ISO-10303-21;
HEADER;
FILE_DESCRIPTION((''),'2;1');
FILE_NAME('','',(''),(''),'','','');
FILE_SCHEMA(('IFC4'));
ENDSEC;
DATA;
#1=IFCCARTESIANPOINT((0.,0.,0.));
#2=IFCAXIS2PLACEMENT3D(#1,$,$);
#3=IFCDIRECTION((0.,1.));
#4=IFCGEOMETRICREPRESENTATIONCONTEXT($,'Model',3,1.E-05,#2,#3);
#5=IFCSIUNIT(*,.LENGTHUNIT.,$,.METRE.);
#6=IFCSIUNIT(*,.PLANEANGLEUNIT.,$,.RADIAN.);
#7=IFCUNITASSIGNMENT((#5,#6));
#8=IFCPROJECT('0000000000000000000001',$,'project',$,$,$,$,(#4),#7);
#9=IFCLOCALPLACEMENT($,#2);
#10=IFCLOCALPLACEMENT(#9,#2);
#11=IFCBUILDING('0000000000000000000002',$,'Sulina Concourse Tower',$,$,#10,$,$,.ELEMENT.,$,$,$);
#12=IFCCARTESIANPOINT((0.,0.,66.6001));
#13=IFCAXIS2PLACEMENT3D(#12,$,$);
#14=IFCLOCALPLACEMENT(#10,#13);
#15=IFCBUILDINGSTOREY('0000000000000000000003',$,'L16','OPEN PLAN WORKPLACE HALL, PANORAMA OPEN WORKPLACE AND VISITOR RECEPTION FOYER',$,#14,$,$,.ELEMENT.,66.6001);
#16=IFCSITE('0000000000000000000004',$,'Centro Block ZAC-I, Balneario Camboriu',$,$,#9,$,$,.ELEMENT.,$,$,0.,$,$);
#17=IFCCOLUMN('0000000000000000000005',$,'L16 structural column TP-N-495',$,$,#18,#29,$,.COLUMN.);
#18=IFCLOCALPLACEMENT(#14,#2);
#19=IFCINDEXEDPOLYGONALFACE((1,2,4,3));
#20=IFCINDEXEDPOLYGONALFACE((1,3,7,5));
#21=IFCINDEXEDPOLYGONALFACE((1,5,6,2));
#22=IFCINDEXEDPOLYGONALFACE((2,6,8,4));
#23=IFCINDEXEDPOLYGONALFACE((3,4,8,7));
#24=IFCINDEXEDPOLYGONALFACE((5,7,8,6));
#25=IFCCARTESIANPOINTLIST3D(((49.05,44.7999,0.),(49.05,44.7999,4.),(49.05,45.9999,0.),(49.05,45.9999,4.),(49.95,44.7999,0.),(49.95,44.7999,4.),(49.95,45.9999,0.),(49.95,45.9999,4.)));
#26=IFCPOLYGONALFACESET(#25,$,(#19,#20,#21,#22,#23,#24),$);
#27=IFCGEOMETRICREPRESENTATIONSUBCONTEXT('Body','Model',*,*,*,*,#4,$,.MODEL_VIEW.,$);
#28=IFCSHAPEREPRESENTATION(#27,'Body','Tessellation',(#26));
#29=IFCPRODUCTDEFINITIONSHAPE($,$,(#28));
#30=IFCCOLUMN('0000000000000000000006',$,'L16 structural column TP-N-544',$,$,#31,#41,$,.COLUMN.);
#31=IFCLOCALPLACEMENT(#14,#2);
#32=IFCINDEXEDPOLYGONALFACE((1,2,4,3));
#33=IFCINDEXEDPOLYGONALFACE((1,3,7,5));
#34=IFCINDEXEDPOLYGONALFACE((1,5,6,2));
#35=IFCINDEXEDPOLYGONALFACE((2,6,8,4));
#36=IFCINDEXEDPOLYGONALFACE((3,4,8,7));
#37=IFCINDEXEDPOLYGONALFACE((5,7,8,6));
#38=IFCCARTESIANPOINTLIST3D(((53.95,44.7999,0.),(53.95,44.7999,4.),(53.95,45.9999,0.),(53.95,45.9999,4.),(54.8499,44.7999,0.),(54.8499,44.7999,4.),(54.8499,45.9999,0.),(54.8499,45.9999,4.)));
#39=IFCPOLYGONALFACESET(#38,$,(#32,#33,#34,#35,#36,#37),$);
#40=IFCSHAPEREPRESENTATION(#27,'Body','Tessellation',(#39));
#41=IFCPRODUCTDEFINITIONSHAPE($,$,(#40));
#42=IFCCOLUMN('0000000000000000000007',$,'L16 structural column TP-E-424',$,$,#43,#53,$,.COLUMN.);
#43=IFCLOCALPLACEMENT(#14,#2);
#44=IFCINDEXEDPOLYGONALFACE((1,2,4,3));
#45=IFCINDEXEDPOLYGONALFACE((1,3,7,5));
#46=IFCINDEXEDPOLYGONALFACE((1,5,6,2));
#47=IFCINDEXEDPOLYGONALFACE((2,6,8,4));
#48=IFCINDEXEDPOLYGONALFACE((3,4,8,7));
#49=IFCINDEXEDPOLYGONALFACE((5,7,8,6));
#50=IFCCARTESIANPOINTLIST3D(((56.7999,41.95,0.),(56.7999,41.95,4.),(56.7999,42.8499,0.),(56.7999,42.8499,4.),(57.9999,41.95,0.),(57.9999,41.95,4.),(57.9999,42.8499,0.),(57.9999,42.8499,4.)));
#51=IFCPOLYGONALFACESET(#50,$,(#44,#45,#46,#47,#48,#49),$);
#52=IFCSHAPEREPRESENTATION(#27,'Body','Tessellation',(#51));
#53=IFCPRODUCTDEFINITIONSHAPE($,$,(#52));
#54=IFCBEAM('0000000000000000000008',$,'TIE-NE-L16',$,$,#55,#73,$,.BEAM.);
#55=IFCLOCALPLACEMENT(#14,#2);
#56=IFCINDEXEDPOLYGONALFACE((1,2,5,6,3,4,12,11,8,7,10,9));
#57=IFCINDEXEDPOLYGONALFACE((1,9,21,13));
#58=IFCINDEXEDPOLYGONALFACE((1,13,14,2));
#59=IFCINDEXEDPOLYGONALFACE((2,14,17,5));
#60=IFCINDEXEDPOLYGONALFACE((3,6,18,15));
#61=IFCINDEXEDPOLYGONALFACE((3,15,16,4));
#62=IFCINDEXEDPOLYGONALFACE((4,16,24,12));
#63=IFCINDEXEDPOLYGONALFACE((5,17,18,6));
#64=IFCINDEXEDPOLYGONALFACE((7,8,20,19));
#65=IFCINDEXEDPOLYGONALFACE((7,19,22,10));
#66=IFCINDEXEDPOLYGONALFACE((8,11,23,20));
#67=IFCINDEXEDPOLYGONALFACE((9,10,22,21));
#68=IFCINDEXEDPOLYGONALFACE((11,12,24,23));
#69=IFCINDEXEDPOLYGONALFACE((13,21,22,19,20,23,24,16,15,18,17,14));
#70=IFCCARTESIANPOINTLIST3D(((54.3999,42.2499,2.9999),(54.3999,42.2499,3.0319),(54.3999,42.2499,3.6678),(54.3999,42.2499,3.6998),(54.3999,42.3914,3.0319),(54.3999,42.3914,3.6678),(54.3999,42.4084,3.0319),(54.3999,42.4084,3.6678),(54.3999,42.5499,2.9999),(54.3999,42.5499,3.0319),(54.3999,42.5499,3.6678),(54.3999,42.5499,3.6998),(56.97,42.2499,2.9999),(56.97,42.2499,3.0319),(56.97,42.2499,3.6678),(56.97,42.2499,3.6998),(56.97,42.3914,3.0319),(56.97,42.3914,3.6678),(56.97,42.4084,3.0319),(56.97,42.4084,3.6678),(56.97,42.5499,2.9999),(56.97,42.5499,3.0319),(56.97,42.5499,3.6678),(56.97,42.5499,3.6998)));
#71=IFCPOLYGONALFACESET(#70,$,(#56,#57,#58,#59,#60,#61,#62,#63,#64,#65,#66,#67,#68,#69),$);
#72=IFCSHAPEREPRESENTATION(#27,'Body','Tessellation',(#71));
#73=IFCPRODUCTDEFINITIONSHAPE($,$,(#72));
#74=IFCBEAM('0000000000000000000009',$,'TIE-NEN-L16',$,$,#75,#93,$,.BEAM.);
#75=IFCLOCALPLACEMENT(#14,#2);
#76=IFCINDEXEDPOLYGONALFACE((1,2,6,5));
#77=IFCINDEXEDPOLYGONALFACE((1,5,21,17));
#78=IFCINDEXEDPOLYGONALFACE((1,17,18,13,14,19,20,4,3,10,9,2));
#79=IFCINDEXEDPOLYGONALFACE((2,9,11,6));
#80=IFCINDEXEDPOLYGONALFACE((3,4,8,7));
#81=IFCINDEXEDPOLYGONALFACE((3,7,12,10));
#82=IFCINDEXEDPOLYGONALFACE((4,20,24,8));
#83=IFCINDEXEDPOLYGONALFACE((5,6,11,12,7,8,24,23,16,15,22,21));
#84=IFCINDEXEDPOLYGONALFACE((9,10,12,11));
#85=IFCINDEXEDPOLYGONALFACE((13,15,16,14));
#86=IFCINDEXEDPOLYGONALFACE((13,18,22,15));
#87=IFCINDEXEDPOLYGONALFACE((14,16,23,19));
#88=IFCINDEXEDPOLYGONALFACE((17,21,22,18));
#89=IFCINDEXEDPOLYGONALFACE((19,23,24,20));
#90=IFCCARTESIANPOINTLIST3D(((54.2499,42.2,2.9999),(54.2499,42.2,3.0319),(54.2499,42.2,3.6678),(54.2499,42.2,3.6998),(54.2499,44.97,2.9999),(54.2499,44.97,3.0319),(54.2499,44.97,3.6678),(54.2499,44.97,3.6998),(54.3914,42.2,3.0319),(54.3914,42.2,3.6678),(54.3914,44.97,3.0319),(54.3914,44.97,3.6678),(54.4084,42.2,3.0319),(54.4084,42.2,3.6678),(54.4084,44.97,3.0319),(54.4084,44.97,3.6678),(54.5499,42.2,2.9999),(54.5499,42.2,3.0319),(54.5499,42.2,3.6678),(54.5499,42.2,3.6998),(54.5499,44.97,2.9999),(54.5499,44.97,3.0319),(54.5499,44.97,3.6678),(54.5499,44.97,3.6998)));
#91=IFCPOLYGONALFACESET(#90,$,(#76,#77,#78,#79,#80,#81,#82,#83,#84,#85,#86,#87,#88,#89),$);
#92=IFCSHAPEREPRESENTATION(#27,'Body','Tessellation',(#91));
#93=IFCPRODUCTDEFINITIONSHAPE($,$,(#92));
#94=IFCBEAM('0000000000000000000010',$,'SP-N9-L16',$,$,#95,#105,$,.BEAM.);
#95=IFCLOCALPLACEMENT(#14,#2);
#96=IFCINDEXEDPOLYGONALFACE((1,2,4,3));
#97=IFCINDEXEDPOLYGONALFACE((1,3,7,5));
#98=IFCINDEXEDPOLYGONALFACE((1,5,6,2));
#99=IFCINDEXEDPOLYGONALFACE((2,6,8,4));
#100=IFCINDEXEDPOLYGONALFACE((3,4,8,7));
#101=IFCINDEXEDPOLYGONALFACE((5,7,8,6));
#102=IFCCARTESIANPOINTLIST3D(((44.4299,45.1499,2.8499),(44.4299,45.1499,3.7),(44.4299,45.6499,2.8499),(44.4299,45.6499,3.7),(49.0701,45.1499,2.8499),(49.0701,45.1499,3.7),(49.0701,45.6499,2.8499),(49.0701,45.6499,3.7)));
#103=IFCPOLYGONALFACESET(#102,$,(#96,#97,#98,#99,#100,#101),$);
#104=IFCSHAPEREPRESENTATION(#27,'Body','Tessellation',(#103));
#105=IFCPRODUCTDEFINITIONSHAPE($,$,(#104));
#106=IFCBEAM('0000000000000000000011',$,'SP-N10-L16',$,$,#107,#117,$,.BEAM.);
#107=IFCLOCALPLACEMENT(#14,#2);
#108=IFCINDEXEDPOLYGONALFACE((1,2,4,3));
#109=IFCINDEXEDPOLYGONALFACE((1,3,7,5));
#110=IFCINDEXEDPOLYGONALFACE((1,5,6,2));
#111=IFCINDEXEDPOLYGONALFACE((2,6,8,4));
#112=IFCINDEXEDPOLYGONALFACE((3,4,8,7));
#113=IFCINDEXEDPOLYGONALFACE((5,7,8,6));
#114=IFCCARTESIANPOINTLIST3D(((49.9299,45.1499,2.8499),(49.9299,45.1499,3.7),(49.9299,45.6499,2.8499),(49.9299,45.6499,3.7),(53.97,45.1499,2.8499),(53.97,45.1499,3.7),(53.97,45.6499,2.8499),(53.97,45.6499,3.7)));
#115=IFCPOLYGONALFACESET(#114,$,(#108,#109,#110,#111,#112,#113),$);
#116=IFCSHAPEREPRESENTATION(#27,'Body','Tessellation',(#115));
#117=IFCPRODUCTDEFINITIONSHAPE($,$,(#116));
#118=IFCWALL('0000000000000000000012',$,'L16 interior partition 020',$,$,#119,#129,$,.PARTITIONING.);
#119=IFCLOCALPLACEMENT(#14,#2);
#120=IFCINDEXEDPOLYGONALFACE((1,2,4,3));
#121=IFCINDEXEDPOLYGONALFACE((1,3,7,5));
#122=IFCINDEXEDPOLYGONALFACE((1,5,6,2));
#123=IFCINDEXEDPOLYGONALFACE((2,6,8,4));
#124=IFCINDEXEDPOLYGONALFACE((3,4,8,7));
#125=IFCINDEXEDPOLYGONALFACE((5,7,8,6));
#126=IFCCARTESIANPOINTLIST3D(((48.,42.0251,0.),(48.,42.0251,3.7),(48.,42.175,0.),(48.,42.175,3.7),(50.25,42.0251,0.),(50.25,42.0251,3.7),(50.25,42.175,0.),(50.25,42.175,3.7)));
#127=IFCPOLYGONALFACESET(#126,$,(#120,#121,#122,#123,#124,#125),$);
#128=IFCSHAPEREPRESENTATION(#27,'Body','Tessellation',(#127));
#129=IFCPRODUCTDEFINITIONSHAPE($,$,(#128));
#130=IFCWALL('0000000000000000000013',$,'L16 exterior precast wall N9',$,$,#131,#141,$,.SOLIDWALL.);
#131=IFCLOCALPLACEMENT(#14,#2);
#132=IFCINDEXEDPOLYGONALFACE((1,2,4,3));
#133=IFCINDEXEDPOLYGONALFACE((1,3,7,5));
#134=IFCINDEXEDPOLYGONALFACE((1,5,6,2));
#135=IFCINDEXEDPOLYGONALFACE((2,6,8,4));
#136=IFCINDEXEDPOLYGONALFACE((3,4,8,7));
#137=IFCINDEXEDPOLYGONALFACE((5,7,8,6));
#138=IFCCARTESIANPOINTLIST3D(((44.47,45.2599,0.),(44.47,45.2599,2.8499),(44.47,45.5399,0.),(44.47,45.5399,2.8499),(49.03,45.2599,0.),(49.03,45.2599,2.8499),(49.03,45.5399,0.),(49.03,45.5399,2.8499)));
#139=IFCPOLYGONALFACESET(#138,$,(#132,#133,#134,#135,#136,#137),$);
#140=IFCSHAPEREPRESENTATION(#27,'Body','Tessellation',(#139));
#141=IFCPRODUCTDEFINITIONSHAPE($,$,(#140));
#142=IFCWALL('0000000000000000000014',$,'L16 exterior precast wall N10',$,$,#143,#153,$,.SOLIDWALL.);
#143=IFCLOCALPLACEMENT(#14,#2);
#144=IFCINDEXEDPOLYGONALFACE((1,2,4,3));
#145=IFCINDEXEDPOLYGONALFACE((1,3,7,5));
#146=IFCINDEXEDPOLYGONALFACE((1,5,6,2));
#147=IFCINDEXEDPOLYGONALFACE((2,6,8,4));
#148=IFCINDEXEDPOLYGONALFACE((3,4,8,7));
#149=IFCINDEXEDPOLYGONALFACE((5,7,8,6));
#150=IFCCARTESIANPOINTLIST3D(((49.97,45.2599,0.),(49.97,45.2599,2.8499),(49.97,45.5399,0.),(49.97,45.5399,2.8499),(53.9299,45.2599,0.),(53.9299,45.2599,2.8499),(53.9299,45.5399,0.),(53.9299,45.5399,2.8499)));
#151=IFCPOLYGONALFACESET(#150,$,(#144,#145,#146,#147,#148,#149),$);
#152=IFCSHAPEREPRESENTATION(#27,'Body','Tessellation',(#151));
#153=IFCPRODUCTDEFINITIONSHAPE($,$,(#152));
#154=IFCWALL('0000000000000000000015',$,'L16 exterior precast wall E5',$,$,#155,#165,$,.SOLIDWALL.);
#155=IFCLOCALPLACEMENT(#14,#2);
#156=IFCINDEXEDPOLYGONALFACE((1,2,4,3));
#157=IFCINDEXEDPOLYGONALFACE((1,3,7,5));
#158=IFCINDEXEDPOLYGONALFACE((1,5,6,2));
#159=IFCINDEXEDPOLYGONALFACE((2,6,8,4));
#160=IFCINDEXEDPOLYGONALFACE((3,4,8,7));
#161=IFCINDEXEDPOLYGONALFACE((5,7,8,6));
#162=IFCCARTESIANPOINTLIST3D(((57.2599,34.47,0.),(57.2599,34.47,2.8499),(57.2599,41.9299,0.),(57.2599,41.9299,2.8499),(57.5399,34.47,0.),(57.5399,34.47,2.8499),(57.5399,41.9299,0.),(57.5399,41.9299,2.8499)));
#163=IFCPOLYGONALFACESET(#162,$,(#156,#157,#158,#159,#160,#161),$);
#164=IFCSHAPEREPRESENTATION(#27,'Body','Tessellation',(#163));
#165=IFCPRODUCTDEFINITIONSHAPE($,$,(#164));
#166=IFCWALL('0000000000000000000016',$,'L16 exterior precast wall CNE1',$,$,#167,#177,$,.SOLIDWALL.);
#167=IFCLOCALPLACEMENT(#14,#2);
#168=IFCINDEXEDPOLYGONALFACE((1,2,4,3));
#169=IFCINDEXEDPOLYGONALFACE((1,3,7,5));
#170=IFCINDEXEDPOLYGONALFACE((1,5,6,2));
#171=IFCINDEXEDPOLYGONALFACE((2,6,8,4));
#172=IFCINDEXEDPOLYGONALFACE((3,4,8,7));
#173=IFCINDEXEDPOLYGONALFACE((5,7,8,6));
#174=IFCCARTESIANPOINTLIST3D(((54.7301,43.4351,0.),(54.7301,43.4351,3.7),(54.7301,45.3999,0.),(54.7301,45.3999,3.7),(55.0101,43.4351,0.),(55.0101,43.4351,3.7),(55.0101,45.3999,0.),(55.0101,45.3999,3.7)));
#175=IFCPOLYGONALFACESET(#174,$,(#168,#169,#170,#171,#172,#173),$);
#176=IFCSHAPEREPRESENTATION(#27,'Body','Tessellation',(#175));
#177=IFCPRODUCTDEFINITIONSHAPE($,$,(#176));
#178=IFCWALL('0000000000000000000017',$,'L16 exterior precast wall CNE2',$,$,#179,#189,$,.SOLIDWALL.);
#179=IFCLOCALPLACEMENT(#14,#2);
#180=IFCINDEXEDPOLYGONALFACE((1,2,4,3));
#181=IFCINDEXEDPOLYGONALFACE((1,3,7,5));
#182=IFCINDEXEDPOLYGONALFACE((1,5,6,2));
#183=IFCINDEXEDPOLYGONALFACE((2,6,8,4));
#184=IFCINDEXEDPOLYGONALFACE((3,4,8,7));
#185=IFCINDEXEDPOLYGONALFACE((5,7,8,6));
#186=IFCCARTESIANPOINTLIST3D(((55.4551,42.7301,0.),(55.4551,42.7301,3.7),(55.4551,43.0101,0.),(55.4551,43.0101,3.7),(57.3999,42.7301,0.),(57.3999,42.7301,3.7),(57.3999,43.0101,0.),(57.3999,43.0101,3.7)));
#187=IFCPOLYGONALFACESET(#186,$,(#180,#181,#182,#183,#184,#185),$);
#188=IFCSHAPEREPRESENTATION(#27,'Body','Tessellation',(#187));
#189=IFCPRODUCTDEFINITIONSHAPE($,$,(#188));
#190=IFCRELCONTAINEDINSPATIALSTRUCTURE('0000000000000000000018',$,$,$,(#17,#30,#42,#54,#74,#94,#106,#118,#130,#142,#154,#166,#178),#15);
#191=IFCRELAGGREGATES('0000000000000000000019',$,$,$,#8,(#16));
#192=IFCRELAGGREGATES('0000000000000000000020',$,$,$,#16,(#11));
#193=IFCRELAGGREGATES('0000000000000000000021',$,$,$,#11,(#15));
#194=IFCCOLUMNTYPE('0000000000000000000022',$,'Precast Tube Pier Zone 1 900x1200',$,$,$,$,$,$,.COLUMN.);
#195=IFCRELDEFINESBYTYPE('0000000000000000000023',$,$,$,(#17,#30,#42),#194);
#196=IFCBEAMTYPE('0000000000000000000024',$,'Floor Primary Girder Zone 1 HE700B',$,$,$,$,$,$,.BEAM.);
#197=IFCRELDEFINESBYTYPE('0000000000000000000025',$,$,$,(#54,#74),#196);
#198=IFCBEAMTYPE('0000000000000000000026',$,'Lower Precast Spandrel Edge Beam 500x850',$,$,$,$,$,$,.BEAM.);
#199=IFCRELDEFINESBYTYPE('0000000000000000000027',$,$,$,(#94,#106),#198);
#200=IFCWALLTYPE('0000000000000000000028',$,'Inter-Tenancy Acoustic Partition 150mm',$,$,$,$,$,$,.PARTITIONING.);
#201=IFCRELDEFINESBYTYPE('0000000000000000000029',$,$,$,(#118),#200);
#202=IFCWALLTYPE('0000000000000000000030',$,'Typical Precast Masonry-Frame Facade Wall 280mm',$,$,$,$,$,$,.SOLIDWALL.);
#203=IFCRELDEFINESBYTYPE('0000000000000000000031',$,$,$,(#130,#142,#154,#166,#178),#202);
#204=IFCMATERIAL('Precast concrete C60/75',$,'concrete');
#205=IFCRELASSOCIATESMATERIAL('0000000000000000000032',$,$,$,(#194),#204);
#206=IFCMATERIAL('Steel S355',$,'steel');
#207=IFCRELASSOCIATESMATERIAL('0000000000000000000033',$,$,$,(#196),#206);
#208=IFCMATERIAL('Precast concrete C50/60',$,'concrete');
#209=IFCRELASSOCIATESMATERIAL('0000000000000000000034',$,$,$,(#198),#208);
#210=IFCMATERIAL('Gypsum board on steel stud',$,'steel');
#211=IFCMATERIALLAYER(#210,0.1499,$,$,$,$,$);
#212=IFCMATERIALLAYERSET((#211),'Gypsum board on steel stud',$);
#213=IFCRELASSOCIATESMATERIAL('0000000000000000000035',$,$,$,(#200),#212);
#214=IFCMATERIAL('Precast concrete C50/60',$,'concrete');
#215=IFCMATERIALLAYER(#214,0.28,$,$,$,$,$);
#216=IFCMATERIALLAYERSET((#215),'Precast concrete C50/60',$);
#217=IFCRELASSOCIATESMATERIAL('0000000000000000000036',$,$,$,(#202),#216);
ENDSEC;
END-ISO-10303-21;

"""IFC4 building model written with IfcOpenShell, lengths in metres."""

from ifc_helpers import new_model, si_unit, direction, frame, frame_2d, origin, origin_2d, place, context, subcontext, project, spatial, rectangle, i_section, extrude, material, layer, layer_set, material_profile, profile_set, type_object, element, save


model = new_model("IFC4")

# Units and contexts
model_context = context("Model", 3, precision=1e-05, world=origin(), true_north=direction((0.0, 1.0)))
body_context = subcontext(model_context, "Body", "Model", "MODEL_VIEW")
ifc_project = project(units=[si_unit("LENGTHUNIT", "METRE"), si_unit("PLANEANGLEUNIT", "RADIAN")], contexts=[model_context])

# Site, building, storey
site_placement = place(None, origin())
site = spatial("IfcSite", under=ifc_project, at=site_placement, Name="Centro Block ZAC-I, Balneario Camboriu", CompositionType="ELEMENT", RefElevation=0.0)
building_placement = place(site_placement, origin())
building = spatial("IfcBuilding", under=site, at=building_placement, Name="Sulina Concourse Tower", CompositionType="ELEMENT")
storey_placement = place(building_placement, frame((0.0, 0.0, 66.6001)))
storey = spatial("IfcBuildingStorey", under=building, at=storey_placement, Name="L16", Description="OPEN PLAN WORKPLACE HALL, PANORAMA OPEN WORKPLACE AND VISITOR RECEPTION FOYER", CompositionType="ELEMENT", Elevation=66.6001)

# Columns
ifc_material_1 = material(Name="Precast concrete C60/75", Category="concrete")
ifc_material_profile_1 = material_profile(ifc_material_1, rectangle(XDim=0.8999, YDim=1.2, at=origin_2d()), Name="PC 900x1200")
ifc_profile_set_1 = profile_set([ifc_material_profile_1], Name="Precast concrete C60/75")
column_type = type_object("IfcColumnType", Name="Precast Tube Pier Zone 1 900x1200", PredefinedType="COLUMN", material=ifc_profile_set_1)
for number, where, z_axis, x_axis, name in (
    (1, (49.5, 45.3999, 0.0), (0.0, 0.0, 1.0), (1.0, 0.0, 0.0), "L16 structural column TP-N-495"),
    (2, (54.3999, 45.3999, 0.0), (0.0, 0.0, 1.0), (1.0, 0.0, 0.0), "L16 structural column TP-N-544"),
    (3, (57.3999, 42.3999, 0.0), (0.0, 0.0, 1.0), (0.0, 1.0, 0.0), "L16 structural column TP-E-424"),
):
    element("IfcColumn", number, at=place(storey_placement, frame(where, z_axis=z_axis, x_axis=x_axis)), inside=storey, type_object=column_type, Name=name, PredefinedType="COLUMN", context=body_context, shape_type="SweptSolid", body=[
        extrude(rectangle(XDim=0.8999, YDim=1.2, at=origin_2d()), origin(), (0.0, 0.0, 1.0), 4.0),
    ])

# Beams
ifc_material_2 = material(Name="Steel S355", Category="steel")
ifc_material_profile_2 = material_profile(ifc_material_2, i_section(OverallWidth=0.3, OverallDepth=0.7, WebThickness=0.0171, FlangeThickness=0.032, at=origin_2d()), Name="HE 700 B")
ifc_profile_set_2 = profile_set([ifc_material_profile_2], Name="Steel S355")
beam_type_1 = type_object("IfcBeamType", Name="Floor Primary Girder Zone 1 HE700B", PredefinedType="BEAM", material=ifc_profile_set_2)
beam_1_placement = place(storey_placement, frame((54.3999, 42.3999, 3.3499), z_axis=(1.0, 0.0, 0.0), x_axis=(0.0, 1.0, 0.0)))
element("IfcBeam", 4, at=beam_1_placement, inside=storey, type_object=beam_type_1, Name="TIE-NE-L16", PredefinedType="BEAM", context=body_context, shape_type="SweptSolid", body=[
    extrude(i_section(OverallWidth=0.3, OverallDepth=0.7, WebThickness=0.0171, FlangeThickness=0.032, at=origin_2d()), origin(), (0.0, 0.0, 1.0), 2.5701),
])
beam_2_placement = place(storey_placement, frame((54.3999, 42.2, 3.3499), z_axis=(0.0, 1.0, 0.0), x_axis=(-1.0, 0.0, 0.0)))
element("IfcBeam", 5, at=beam_2_placement, inside=storey, type_object=beam_type_1, Name="TIE-NEN-L16", PredefinedType="BEAM", context=body_context, shape_type="SweptSolid", body=[
    extrude(i_section(OverallWidth=0.3, OverallDepth=0.7, WebThickness=0.0171, FlangeThickness=0.032, at=origin_2d()), origin(), (0.0, 0.0, 1.0), 2.77),
])
ifc_material_3 = material(Name="Precast concrete C50/60", Category="concrete")
ifc_material_profile_3 = material_profile(ifc_material_3, rectangle(XDim=0.5, YDim=0.8501, at=origin_2d()), Name="RC 500x850")
ifc_profile_set_3 = profile_set([ifc_material_profile_3], Name="Precast concrete C50/60")
beam_type_2 = type_object("IfcBeamType", Name="Lower Precast Spandrel Edge Beam 500x850", PredefinedType="BEAM", material=ifc_profile_set_3)
beam_3_placement = place(storey_placement, frame((44.4299, 45.3999, 3.2749), z_axis=(1.0, 0.0, 0.0), x_axis=(0.0, 1.0, 0.0)))
element("IfcBeam", 6, at=beam_3_placement, inside=storey, type_object=beam_type_2, Name="SP-N9-L16", PredefinedType="BEAM", context=body_context, shape_type="SweptSolid", body=[
    extrude(rectangle(XDim=0.5, YDim=0.8501, at=origin_2d()), origin(), (0.0, 0.0, 1.0), 4.6401),
])
beam_4_placement = place(storey_placement, frame((49.9299, 45.3999, 3.2749), z_axis=(1.0, 0.0, 0.0), x_axis=(0.0, 1.0, 0.0)))
element("IfcBeam", 7, at=beam_4_placement, inside=storey, type_object=beam_type_2, Name="SP-N10-L16", PredefinedType="BEAM", context=body_context, shape_type="SweptSolid", body=[
    extrude(rectangle(XDim=0.5, YDim=0.8501, at=origin_2d()), origin(), (0.0, 0.0, 1.0), 4.04),
])

# Walls
ifc_material_4 = material(Name="Gypsum board on steel stud", Category="steel")
ifc_layer_1 = layer(ifc_material_4, 0.1499)
ifc_layer_set_1 = layer_set([ifc_layer_1], Name="Gypsum board on steel stud")
wall_type_1 = type_object("IfcWallType", Name="Inter-Tenancy Acoustic Partition 150mm", PredefinedType="PARTITIONING", material=ifc_layer_set_1)
wall_1_placement = place(storey_placement, frame((48.0, 42.1001, 0.0), z_axis=(0.0, 0.0, 1.0), x_axis=(1.0, 0.0, 0.0)))
element("IfcWall", 8, at=wall_1_placement, inside=storey, type_object=wall_type_1, Name="L16 interior partition 020", PredefinedType="PARTITIONING", context=body_context, shape_type="SweptSolid", body=[
    extrude(rectangle(XDim=2.25, YDim=0.1499, at=frame_2d((1.125, 0.0))), origin(), (0.0, 0.0, 1.0), 3.7),
])
ifc_material_5 = material(Name="Precast concrete C50/60", Category="concrete")
ifc_layer_2 = layer(ifc_material_5, 0.28)
ifc_layer_set_2 = layer_set([ifc_layer_2], Name="Precast concrete C50/60")
wall_type_2 = type_object("IfcWallType", Name="Typical Precast Masonry-Frame Facade Wall 280mm", PredefinedType="SOLIDWALL", material=ifc_layer_set_2)
wall_2_placement = place(storey_placement, frame((44.47, 45.3999, 0.0), z_axis=(0.0, 0.0, 1.0), x_axis=(1.0, 0.0, 0.0)))
element("IfcWall", 9, at=wall_2_placement, inside=storey, type_object=wall_type_2, Name="L16 exterior precast wall N9", PredefinedType="SOLIDWALL", context=body_context, shape_type="SweptSolid", body=[
    extrude(rectangle(XDim=4.5601, YDim=0.28, at=frame_2d((2.28, 0.0))), origin(), (0.0, 0.0, 1.0), 2.8499),
])
wall_3_placement = place(storey_placement, frame((49.97, 45.3999, 0.0), z_axis=(0.0, 0.0, 1.0), x_axis=(1.0, 0.0, 0.0)))
element("IfcWall", 10, at=wall_3_placement, inside=storey, type_object=wall_type_2, Name="L16 exterior precast wall N10", PredefinedType="SOLIDWALL", context=body_context, shape_type="SweptSolid", body=[
    extrude(rectangle(XDim=3.96, YDim=0.28, at=frame_2d((1.98, 0.0))), origin(), (0.0, 0.0, 1.0), 2.8499),
])
wall_4_placement = place(storey_placement, frame((57.3999, 41.9299, 0.0), z_axis=(0.0, 0.0, 1.0), x_axis=(0.0, -1.0, 0.0)))
element("IfcWall", 11, at=wall_4_placement, inside=storey, type_object=wall_type_2, Name="L16 exterior precast wall E5", PredefinedType="SOLIDWALL", context=body_context, shape_type="SweptSolid", body=[
    extrude(rectangle(XDim=7.46, YDim=0.28, at=frame_2d((3.73, 0.0))), origin(), (0.0, 0.0, 1.0), 2.8499),
])
wall_5_placement = place(storey_placement, frame((54.8701, 45.3999, 0.0), z_axis=(0.0, 0.0, 1.0), x_axis=(0.0, -1.0, 0.0)))
element("IfcWall", 12, at=wall_5_placement, inside=storey, type_object=wall_type_2, Name="L16 exterior precast wall CNE1", PredefinedType="SOLIDWALL", context=body_context, shape_type="SweptSolid", body=[
    extrude(rectangle(XDim=1.9648, YDim=0.28, at=frame_2d((0.9824, 0.0))), origin(), (0.0, 0.0, 1.0), 3.7),
])
wall_6_placement = place(storey_placement, frame((55.4551, 42.8701, 0.0), z_axis=(0.0, 0.0, 1.0), x_axis=(1.0, 0.0, 0.0)))
element("IfcWall", 13, at=wall_6_placement, inside=storey, type_object=wall_type_2, Name="L16 exterior precast wall CNE2", PredefinedType="SOLIDWALL", context=body_context, shape_type="SweptSolid", body=[
    extrude(rectangle(XDim=1.9448, YDim=0.28, at=frame_2d((0.9724, 0.0))), origin(), (0.0, 0.0, 1.0), 3.7),
])

save(model, "model.ifc")
